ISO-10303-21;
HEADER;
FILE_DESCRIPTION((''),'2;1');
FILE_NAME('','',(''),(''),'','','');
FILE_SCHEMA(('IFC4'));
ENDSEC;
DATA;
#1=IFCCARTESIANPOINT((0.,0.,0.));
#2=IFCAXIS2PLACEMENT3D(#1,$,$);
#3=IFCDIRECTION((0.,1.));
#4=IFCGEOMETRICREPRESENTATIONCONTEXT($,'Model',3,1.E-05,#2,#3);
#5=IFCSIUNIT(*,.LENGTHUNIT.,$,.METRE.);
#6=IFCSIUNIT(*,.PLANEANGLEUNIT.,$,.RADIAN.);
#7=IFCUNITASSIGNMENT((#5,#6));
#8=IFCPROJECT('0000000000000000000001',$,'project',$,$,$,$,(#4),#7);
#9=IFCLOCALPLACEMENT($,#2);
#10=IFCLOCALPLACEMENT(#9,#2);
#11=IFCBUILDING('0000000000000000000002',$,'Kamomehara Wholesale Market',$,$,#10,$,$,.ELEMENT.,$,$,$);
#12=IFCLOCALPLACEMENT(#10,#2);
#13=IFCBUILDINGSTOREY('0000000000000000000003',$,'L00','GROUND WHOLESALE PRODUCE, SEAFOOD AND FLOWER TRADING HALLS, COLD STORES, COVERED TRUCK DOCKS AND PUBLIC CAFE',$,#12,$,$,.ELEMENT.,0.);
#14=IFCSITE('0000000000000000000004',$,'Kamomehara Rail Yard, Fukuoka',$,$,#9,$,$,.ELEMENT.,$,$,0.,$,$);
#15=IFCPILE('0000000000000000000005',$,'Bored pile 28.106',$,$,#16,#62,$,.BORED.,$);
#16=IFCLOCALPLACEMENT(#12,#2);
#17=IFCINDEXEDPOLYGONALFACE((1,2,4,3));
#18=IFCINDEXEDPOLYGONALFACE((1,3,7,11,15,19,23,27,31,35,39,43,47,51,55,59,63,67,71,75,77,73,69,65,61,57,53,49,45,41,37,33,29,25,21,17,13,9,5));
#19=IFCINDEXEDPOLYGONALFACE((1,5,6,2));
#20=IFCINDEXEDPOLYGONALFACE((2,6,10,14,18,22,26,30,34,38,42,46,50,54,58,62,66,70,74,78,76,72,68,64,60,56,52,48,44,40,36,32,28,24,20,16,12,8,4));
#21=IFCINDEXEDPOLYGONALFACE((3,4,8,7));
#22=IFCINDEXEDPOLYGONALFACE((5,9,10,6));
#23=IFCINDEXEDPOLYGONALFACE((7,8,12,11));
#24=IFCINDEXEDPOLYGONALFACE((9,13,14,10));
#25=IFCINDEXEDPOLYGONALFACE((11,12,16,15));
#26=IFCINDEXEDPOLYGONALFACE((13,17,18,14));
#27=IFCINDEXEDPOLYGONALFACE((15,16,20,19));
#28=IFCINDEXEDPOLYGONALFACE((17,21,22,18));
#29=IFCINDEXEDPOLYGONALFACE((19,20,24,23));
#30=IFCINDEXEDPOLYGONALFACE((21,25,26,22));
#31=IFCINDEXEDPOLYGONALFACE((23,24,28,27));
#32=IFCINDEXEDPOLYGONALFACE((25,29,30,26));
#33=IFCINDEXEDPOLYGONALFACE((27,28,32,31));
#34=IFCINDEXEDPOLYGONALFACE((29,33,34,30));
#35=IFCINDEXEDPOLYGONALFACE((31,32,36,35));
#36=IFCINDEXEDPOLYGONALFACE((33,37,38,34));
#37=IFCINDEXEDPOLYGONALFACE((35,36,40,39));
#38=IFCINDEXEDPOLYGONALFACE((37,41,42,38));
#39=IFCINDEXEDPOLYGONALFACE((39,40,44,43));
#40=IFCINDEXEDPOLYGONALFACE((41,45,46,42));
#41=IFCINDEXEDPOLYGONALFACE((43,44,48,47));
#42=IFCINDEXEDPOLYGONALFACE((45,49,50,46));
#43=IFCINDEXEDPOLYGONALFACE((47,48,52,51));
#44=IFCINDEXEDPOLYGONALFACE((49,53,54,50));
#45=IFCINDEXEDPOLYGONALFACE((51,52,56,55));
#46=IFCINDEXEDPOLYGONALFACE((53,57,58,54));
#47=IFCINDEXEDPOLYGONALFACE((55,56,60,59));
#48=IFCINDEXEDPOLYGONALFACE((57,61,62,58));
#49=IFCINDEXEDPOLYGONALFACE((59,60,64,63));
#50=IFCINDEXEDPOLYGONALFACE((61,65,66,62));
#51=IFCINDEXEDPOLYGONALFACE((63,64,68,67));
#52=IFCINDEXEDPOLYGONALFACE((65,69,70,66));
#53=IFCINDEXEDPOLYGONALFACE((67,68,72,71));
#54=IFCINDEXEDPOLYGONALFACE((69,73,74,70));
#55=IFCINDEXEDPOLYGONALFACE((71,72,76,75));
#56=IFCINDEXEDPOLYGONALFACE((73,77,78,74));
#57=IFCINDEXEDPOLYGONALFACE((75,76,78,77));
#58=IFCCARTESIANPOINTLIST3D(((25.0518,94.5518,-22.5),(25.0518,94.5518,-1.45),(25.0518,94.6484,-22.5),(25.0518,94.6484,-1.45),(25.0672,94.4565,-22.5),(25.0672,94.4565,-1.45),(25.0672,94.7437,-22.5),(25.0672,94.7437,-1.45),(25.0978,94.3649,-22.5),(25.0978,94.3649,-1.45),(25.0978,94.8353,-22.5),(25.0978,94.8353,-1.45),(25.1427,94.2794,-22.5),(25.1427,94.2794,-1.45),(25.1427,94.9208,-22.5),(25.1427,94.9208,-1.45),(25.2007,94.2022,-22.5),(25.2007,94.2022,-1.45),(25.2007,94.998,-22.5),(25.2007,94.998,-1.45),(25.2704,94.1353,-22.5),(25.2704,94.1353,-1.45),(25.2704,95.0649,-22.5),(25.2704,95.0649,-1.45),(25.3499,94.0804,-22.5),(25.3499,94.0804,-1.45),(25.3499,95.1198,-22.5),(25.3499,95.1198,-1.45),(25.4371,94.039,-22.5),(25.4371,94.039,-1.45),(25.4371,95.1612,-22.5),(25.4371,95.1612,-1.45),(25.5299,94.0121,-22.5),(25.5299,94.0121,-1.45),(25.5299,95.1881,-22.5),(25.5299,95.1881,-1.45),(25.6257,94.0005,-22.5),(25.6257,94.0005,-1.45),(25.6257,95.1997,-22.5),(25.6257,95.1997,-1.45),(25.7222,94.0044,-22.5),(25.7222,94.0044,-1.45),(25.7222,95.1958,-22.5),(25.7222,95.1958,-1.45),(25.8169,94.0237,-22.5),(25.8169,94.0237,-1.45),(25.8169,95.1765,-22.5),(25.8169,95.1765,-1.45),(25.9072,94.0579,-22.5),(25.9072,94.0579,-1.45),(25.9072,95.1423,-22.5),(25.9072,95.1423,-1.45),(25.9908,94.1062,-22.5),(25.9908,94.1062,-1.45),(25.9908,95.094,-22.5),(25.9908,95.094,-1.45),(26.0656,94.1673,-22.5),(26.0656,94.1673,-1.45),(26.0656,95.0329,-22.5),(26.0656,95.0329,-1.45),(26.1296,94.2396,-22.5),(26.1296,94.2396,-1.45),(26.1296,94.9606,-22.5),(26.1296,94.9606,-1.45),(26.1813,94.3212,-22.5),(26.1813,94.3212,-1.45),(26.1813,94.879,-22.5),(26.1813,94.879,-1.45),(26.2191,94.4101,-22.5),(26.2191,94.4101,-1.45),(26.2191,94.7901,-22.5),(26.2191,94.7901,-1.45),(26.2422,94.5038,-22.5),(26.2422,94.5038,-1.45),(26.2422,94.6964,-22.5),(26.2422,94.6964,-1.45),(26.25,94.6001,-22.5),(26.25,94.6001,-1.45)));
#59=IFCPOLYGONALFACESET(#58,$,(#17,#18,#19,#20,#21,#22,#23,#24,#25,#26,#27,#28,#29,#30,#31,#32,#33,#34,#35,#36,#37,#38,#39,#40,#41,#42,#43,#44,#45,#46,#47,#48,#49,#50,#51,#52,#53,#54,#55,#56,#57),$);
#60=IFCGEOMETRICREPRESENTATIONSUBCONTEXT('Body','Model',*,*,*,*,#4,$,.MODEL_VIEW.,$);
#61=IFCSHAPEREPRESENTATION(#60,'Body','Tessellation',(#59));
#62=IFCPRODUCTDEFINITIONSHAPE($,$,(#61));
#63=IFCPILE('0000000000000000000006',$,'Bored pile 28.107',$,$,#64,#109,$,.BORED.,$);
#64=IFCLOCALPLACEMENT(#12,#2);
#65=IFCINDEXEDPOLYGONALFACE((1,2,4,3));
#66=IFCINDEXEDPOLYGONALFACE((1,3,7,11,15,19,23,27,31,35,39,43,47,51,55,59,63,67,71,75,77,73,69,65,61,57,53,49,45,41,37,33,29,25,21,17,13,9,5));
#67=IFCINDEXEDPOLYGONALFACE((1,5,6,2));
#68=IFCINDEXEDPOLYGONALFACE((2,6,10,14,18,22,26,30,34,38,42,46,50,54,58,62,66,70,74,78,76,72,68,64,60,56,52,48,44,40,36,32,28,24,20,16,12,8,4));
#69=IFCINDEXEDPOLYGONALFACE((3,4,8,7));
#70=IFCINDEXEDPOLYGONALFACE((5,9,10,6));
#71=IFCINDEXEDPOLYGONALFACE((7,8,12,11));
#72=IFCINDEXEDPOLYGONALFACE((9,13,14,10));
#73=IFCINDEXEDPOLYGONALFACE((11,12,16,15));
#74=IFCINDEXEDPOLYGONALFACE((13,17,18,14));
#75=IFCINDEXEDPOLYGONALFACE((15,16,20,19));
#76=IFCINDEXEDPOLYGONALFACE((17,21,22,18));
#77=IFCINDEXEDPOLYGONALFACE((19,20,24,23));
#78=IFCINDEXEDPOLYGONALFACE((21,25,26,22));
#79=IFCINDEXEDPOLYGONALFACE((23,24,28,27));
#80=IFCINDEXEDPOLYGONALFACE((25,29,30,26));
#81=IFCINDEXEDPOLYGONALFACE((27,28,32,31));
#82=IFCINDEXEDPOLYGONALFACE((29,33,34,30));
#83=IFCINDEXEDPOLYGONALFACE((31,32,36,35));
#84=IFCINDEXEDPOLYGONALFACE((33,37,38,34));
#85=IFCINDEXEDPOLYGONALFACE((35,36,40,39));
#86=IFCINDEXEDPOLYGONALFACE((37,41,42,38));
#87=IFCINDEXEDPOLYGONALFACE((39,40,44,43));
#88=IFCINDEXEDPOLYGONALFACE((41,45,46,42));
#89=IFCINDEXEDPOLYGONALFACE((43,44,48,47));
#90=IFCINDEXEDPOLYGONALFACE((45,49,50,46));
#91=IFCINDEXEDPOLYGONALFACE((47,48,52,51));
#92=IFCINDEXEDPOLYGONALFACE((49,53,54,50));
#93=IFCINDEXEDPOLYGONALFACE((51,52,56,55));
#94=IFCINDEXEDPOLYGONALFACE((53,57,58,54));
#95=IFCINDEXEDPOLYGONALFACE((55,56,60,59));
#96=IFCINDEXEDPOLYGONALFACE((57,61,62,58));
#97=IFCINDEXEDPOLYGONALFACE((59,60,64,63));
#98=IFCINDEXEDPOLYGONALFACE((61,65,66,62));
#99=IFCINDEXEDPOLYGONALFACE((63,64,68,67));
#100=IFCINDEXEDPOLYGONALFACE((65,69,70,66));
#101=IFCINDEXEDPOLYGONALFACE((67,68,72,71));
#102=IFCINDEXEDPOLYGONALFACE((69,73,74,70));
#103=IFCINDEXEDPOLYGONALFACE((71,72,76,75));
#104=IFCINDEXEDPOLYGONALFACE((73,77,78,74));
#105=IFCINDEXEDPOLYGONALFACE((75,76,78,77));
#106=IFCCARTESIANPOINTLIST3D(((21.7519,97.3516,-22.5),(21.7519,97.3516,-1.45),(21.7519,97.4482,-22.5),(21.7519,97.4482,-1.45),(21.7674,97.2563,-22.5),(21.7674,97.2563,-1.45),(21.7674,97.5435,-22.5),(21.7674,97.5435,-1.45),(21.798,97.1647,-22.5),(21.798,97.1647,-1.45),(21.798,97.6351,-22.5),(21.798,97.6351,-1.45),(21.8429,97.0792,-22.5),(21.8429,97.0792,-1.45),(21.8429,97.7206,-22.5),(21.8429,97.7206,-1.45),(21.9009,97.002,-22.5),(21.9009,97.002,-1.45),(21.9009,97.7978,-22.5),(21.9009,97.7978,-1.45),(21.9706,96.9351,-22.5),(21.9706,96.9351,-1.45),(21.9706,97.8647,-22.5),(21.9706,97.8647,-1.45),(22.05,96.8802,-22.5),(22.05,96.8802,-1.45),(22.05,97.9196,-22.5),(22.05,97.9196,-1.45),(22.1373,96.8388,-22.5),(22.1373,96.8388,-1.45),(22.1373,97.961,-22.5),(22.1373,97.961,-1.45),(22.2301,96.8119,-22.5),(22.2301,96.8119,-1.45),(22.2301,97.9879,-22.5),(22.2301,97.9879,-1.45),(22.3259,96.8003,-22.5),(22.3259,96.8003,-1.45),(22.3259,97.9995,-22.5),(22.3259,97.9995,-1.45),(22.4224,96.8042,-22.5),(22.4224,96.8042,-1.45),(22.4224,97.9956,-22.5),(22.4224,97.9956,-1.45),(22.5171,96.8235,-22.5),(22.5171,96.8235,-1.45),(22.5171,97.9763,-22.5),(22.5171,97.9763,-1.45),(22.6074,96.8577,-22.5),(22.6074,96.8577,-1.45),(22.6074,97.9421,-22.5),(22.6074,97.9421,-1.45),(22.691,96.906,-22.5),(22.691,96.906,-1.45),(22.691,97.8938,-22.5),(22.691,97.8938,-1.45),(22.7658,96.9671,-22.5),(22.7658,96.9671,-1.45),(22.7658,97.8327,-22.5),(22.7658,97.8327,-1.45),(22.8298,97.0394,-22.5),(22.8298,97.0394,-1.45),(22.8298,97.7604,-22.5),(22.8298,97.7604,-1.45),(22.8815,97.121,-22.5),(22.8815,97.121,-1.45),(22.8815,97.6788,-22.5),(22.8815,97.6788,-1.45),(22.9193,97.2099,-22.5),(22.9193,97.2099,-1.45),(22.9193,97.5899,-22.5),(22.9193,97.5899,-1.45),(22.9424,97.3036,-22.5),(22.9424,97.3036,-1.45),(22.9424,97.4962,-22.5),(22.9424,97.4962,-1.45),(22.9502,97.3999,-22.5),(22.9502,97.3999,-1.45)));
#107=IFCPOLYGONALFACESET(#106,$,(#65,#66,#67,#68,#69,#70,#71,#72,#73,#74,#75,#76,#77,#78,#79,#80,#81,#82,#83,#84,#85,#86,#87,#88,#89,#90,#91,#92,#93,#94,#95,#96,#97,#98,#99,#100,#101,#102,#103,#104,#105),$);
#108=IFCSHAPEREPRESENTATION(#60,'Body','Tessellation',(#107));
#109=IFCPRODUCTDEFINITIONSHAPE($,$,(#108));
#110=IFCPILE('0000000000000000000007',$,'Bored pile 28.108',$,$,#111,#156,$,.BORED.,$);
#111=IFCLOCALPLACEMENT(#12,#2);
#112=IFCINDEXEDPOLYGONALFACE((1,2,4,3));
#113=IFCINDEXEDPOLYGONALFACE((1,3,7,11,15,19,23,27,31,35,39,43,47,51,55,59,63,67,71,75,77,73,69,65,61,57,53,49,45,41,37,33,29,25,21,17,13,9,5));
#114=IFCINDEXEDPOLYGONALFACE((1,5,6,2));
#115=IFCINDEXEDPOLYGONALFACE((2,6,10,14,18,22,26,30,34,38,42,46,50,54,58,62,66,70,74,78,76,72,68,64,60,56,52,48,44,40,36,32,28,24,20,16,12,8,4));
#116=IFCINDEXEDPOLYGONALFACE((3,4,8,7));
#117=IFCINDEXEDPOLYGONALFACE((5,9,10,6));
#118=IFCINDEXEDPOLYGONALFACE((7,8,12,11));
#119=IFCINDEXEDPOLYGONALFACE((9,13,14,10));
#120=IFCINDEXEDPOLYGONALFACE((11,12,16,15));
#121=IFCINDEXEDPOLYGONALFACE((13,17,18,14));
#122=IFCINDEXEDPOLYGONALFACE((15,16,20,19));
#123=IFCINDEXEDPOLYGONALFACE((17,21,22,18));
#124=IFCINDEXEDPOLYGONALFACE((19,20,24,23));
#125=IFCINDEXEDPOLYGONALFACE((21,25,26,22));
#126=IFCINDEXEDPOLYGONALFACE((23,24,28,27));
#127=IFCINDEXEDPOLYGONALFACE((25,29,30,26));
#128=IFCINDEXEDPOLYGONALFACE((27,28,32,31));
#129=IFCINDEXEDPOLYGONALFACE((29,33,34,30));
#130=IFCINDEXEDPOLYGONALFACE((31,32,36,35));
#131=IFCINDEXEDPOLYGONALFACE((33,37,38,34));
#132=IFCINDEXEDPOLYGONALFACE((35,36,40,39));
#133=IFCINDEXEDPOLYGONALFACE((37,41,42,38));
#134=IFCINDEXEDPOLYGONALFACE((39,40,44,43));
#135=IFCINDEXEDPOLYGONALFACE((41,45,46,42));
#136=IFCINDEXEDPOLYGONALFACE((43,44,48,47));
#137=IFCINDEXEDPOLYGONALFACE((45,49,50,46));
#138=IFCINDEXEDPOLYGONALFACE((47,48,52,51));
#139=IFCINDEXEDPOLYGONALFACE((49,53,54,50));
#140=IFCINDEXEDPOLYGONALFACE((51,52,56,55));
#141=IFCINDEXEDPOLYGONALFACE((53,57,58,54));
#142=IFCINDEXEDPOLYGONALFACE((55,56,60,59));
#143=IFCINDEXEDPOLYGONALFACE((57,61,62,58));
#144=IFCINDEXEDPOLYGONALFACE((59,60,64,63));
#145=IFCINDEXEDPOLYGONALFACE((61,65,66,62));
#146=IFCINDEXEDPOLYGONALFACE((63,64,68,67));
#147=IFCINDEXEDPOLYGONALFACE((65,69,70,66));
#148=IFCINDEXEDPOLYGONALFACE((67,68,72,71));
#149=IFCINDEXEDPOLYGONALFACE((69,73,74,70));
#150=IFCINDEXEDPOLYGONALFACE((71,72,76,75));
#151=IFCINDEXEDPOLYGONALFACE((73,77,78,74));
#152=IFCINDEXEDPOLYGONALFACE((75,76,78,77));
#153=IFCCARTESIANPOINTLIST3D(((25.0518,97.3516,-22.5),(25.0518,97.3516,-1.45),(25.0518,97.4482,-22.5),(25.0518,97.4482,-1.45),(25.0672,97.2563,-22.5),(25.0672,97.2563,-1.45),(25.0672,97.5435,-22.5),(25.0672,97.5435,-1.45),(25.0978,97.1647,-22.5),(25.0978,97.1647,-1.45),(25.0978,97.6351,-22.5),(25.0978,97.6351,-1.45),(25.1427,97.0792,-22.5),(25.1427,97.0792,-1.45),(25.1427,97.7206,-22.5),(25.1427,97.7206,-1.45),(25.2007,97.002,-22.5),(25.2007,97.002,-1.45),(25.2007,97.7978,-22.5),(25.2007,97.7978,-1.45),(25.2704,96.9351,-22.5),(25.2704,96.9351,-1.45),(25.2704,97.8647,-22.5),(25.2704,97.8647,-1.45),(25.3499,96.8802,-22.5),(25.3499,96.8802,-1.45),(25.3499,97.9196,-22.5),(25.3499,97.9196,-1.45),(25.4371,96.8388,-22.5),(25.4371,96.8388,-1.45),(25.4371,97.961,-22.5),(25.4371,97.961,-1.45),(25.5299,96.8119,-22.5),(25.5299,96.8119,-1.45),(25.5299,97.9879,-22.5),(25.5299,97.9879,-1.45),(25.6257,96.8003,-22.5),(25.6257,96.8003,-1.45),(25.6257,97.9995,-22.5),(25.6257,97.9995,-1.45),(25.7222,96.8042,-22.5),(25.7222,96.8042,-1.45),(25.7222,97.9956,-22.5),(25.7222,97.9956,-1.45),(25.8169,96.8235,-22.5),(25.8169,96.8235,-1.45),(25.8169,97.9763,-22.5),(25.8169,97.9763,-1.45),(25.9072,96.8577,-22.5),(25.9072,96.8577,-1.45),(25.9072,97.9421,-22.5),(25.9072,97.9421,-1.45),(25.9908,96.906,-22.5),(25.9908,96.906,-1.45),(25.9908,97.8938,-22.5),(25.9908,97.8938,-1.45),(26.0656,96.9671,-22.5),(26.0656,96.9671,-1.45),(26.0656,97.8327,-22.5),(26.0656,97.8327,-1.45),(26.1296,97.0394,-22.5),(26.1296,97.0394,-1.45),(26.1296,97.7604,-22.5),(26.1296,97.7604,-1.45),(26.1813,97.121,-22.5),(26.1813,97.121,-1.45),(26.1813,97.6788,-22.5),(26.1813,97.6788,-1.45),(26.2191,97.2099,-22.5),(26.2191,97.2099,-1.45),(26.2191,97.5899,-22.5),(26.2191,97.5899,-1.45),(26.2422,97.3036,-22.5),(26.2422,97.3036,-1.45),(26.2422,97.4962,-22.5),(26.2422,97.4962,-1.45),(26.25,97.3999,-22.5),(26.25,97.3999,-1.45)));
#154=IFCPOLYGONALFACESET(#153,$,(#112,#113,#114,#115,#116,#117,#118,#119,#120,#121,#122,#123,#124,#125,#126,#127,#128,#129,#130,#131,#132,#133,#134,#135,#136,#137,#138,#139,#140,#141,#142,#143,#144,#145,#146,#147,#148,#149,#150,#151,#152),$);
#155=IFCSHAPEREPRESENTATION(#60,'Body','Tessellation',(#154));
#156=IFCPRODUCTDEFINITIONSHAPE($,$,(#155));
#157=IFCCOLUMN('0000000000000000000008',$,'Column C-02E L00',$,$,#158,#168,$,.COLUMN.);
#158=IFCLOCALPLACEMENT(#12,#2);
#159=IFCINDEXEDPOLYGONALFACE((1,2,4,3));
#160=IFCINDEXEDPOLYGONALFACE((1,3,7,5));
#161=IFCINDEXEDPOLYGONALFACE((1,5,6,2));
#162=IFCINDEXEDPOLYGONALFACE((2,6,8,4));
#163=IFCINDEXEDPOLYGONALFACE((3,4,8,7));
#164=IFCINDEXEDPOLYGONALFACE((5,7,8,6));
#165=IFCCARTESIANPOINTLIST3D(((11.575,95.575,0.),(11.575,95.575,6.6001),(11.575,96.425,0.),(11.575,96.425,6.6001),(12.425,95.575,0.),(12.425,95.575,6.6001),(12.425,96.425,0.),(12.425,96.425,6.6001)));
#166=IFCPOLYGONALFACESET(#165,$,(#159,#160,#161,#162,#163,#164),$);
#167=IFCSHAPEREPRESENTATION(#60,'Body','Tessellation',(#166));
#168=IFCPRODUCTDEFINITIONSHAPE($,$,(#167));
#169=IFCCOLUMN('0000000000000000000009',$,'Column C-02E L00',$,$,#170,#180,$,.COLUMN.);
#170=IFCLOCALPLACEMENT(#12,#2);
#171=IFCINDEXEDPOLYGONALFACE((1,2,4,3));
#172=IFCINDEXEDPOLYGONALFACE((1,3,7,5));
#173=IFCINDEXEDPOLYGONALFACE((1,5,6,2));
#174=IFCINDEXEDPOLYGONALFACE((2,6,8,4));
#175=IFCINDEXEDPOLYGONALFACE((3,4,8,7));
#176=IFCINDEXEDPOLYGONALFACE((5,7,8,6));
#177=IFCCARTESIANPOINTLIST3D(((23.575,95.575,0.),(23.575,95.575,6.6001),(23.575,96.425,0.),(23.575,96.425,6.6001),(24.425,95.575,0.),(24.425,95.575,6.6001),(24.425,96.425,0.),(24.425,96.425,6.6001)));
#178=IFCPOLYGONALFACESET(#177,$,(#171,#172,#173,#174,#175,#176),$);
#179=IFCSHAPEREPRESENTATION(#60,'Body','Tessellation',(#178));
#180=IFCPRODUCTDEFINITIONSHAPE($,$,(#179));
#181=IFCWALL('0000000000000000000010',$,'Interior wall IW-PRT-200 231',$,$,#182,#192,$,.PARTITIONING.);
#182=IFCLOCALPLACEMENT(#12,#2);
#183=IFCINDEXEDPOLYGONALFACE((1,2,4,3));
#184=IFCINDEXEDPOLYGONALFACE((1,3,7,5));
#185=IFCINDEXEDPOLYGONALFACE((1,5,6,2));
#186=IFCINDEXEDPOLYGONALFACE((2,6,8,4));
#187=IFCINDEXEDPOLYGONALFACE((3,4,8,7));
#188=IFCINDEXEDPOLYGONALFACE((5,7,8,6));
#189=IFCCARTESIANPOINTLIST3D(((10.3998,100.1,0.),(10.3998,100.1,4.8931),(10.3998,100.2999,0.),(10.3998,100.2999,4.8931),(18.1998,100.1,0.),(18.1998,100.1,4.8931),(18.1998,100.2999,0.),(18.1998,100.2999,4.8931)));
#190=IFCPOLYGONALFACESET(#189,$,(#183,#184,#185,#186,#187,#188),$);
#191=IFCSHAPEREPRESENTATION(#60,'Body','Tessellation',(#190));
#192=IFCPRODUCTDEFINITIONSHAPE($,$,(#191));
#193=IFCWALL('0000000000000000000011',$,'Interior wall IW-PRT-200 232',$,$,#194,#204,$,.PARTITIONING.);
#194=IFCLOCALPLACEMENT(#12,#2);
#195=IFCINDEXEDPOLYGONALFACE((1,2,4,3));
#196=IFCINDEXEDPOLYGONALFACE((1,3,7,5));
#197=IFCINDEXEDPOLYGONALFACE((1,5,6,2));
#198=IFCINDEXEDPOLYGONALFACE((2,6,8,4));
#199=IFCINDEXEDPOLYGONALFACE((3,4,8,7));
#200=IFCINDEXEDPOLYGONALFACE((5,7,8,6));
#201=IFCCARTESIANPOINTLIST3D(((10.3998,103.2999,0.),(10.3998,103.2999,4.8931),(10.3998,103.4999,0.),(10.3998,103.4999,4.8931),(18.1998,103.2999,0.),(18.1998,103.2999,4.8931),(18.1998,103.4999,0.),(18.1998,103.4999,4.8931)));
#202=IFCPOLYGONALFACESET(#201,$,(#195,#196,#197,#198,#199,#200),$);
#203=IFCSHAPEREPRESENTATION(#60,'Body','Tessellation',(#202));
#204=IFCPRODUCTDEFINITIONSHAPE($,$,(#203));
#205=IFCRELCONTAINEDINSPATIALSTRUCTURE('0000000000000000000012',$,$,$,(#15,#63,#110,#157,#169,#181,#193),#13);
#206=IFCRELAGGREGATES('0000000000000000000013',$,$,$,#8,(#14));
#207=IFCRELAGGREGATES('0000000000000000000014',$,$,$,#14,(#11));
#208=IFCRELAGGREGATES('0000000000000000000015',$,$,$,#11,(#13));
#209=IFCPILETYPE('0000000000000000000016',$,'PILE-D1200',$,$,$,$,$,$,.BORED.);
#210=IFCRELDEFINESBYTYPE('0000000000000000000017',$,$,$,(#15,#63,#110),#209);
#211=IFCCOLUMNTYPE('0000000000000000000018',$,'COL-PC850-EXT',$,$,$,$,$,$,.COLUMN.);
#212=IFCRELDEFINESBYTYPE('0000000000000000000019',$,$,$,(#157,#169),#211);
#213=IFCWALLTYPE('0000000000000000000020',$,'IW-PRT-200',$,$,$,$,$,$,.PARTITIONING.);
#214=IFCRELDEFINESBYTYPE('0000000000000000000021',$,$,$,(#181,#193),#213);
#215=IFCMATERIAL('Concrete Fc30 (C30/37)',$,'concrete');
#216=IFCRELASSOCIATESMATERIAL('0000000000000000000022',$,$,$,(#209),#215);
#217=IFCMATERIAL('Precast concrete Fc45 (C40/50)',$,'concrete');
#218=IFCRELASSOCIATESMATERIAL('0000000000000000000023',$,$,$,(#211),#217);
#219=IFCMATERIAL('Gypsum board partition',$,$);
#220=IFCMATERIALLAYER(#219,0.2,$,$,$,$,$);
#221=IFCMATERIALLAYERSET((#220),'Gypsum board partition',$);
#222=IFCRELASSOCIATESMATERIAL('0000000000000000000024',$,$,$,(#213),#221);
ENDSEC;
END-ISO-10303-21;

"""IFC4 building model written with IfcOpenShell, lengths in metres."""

from ifc_helpers import new_model, si_unit, direction, frame, frame_2d, origin, origin_2d, place, context, subcontext, project, spatial, rectangle, circle, extrude, material, layer, layer_set, material_profile, profile_set, type_object, element, save


model = new_model("IFC4")

# Units and contexts
model_context = context("Model", 3, precision=1e-05, world=origin(), true_north=direction((0.0, 1.0)))
body_context = subcontext(model_context, "Body", "Model", "MODEL_VIEW")
ifc_project = project(units=[si_unit("LENGTHUNIT", "METRE"), si_unit("PLANEANGLEUNIT", "RADIAN")], contexts=[model_context])

# Site, building, storey
site_placement = place(None, origin())
site = spatial("IfcSite", under=ifc_project, at=site_placement, Name="Kamomehara Rail Yard, Fukuoka", CompositionType="ELEMENT", RefElevation=0.0)
building_placement = place(site_placement, origin())
building = spatial("IfcBuilding", under=site, at=building_placement, Name="Kamomehara Wholesale Market", CompositionType="ELEMENT")
storey_placement = place(building_placement, origin())
storey = spatial("IfcBuildingStorey", under=building, at=storey_placement, Name="L00", Description="GROUND WHOLESALE PRODUCE, SEAFOOD AND FLOWER TRADING HALLS, COLD STORES, COVERED TRUCK DOCKS AND PUBLIC CAFE", CompositionType="ELEMENT", Elevation=0.0)

# Piles
ifc_material_1 = material(Name="Concrete Fc30 (C30/37)", Category="concrete")
ifc_material_profile_1 = material_profile(ifc_material_1, circle(Radius=0.6001, at=origin_2d()), Name="RC-PILE-D1200")
ifc_profile_set_1 = profile_set([ifc_material_profile_1], Name="Concrete Fc30 (C30/37)")
pile_type = type_object("IfcPileType", Name="PILE-D1200", PredefinedType="BORED", material=ifc_profile_set_1)
for number, where, z_axis, x_axis, name in (
    (1, (25.6499, 94.6001, -1.45), (0.0, 0.0, -1.0), (1.0, 0.0, 0.0), "Bored pile 28.106"),
    (2, (22.3501, 97.3999, -1.45), (0.0, 0.0, -1.0), (1.0, 0.0, 0.0), "Bored pile 28.107"),
    (3, (25.6499, 97.3999, -1.45), (0.0, 0.0, -1.0), (1.0, 0.0, 0.0), "Bored pile 28.108"),
):
    element("IfcPile", number, at=place(storey_placement, frame(where, z_axis=z_axis, x_axis=x_axis)), inside=storey, type_object=pile_type, Name=name, PredefinedType="BORED", context=body_context, shape_type="SweptSolid", body=[
        extrude(circle(Radius=0.6001, at=origin_2d()), origin(), (0.0, 0.0, 1.0), 21.05),
    ])

# Columns
ifc_material_2 = material(Name="Precast concrete Fc45 (C40/50)", Category="concrete")
ifc_material_profile_2 = material_profile(ifc_material_2, rectangle(XDim=0.8501, YDim=0.8501, at=origin_2d()), Name="PC-COL-850x850")
ifc_profile_set_2 = profile_set([ifc_material_profile_2], Name="Precast concrete Fc45 (C40/50)")
column_type = type_object("IfcColumnType", Name="COL-PC850-EXT", PredefinedType="COLUMN", material=ifc_profile_set_2)
for number, where, z_axis, x_axis, name in (
    (4, (12.0, 96.0, 0.0), (0.0, 0.0, 1.0), (1.0, 0.0, 0.0), "Column C-02E L00"),
    (5, (24.0, 96.0, 0.0), (0.0, 0.0, 1.0), (1.0, 0.0, 0.0), "Column C-02E L00"),
):
    element("IfcColumn", number, at=place(storey_placement, frame(where, z_axis=z_axis, x_axis=x_axis)), inside=storey, type_object=column_type, Name=name, PredefinedType="COLUMN", context=body_context, shape_type="SweptSolid", body=[
        extrude(rectangle(XDim=0.8501, YDim=0.8501, at=origin_2d()), origin(), (0.0, 0.0, 1.0), 6.6001),
    ])

# Walls
ifc_material_3 = material(Name="Gypsum board partition")
ifc_layer_1 = layer(ifc_material_3, 0.2)
ifc_layer_set_1 = layer_set([ifc_layer_1], Name="Gypsum board partition")
wall_type_1 = type_object("IfcWallType", Name="IW-PRT-200", PredefinedType="PARTITIONING", material=ifc_layer_set_1)
for number, where, z_axis, x_axis, name in (
    (6, (10.3999, 100.2, 0.0), (0.0, 0.0, 1.0), (1.0, 0.0, 0.0), "Interior wall IW-PRT-200 231"),
    (7, (10.3999, 103.3999, 0.0), (0.0, 0.0, 1.0), (1.0, 0.0, 0.0), "Interior wall IW-PRT-200 232"),
):
    element("IfcWall", number, at=place(storey_placement, frame(where, z_axis=z_axis, x_axis=x_axis)), inside=storey, type_object=wall_type_1, Name=name, PredefinedType="PARTITIONING", context=body_context, shape_type="SweptSolid", body=[
        extrude(rectangle(XDim=7.8, YDim=0.2, at=frame_2d((3.8999, 0.0))), origin(), (0.0, 0.0, 1.0), 4.8931),
    ])

save(model, "model.ifc")
